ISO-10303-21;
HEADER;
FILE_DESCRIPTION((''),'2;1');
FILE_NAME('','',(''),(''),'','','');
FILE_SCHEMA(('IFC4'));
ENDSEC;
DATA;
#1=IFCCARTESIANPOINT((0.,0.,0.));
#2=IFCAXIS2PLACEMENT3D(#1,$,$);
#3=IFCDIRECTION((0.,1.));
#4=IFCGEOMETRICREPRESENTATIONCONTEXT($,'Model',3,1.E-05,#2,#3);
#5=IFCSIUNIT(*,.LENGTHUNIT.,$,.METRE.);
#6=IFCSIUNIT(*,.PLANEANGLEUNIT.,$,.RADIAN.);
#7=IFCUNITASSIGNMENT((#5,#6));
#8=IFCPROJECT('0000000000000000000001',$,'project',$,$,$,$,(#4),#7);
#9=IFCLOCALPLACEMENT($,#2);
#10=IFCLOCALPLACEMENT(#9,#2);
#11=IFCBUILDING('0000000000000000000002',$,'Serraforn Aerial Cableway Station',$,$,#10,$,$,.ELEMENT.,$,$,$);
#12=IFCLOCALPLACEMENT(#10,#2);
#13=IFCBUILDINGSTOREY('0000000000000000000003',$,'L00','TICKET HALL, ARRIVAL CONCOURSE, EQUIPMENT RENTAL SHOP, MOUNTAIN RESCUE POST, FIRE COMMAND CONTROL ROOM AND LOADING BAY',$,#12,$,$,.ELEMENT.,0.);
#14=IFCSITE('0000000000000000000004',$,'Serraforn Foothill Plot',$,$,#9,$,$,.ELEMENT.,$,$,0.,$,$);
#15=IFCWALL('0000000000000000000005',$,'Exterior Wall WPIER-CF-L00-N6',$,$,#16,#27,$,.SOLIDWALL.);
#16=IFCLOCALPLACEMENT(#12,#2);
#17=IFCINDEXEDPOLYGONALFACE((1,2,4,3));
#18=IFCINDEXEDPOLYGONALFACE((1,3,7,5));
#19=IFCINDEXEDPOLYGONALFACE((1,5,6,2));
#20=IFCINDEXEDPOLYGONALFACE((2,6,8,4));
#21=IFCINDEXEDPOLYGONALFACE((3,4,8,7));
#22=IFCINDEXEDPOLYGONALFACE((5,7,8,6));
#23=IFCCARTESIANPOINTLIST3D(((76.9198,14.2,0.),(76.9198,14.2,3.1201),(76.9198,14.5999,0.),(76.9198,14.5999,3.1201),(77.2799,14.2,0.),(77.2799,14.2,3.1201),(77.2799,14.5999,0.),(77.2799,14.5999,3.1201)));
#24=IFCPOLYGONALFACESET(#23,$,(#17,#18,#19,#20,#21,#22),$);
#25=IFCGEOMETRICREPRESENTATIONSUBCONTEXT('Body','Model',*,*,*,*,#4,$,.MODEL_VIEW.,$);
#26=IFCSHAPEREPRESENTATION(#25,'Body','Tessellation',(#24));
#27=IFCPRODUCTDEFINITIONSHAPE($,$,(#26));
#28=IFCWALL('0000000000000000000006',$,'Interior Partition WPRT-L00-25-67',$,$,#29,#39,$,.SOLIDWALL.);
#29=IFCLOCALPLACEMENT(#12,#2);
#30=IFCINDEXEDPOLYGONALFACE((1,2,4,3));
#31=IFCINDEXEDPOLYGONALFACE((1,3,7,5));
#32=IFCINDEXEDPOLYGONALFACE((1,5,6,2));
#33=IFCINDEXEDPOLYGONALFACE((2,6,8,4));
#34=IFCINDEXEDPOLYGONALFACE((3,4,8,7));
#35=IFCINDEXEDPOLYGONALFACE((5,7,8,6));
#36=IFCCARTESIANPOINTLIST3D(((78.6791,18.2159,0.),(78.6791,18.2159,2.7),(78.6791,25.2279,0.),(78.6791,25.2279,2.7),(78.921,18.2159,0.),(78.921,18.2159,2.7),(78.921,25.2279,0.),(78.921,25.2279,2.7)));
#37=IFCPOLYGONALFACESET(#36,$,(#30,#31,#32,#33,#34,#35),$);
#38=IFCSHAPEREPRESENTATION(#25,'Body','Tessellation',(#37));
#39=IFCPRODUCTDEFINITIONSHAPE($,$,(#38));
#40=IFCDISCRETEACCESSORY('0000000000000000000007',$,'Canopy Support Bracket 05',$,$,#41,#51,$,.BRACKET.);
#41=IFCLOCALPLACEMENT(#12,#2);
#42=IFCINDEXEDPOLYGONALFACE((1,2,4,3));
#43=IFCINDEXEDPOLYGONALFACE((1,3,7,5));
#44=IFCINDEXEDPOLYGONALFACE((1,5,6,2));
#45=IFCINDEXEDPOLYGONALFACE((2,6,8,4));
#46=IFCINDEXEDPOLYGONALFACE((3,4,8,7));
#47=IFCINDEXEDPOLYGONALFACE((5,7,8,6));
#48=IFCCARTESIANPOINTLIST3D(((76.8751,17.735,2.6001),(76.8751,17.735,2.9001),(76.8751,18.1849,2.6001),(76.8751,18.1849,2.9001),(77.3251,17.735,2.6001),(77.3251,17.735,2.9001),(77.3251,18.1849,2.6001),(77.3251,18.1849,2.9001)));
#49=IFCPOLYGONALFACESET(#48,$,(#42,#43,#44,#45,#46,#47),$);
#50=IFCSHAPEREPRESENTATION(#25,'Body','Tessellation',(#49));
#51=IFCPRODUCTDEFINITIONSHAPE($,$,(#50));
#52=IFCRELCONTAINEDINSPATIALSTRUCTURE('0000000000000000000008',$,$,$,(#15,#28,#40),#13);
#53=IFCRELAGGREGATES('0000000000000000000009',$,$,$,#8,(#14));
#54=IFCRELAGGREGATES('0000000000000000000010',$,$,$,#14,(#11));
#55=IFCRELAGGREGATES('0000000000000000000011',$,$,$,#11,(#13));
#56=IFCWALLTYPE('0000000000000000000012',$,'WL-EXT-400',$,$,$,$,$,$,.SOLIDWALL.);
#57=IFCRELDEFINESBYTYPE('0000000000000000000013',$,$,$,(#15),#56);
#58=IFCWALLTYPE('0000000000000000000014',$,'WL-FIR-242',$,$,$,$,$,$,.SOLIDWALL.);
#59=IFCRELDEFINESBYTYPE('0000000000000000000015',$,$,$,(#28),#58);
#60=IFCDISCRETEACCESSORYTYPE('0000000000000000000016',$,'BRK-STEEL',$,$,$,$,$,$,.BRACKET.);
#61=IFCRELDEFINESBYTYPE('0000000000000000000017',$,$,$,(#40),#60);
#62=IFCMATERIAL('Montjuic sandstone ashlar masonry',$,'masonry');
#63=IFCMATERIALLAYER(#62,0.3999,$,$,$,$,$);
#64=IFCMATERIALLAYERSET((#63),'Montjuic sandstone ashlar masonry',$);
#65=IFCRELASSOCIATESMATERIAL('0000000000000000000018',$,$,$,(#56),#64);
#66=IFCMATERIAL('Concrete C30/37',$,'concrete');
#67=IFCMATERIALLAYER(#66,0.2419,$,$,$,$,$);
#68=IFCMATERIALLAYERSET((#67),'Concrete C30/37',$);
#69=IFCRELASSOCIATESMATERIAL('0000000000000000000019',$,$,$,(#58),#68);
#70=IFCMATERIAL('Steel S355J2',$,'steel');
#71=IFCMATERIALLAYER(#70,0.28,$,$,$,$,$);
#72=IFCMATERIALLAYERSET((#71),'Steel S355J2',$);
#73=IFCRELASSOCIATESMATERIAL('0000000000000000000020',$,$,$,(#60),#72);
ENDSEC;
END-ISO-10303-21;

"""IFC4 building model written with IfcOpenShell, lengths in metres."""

from ifc_helpers import new_model, si_unit, direction, frame, frame_2d, origin, origin_2d, place, context, subcontext, project, spatial, rectangle, extrude, material, layer, layer_set, type_object, element, save


model = new_model("IFC4")

# Units and contexts
model_context = context("Model", 3, precision=1e-05, world=origin(), true_north=direction((0.0, 1.0)))
body_context = subcontext(model_context, "Body", "Model", "MODEL_VIEW")
ifc_project = project(units=[si_unit("LENGTHUNIT", "METRE"), si_unit("PLANEANGLEUNIT", "RADIAN")], contexts=[model_context])

# Site, building, storey
site_placement = place(None, origin())
site = spatial("IfcSite", under=ifc_project, at=site_placement, Name="Serraforn Foothill Plot", CompositionType="ELEMENT", RefElevation=0.0)
building_placement = place(site_placement, origin())
building = spatial("IfcBuilding", under=site, at=building_placement, Name="Serraforn Aerial Cableway Station", CompositionType="ELEMENT")
storey_placement = place(building_placement, origin())
storey = spatial("IfcBuildingStorey", under=building, at=storey_placement, Name="L00", Description="TICKET HALL, ARRIVAL CONCOURSE, EQUIPMENT RENTAL SHOP, MOUNTAIN RESCUE POST, FIRE COMMAND CONTROL ROOM AND LOADING BAY", CompositionType="ELEMENT", Elevation=0.0)

# Walls
ifc_material_1 = material(Name="Montjuic sandstone ashlar masonry", Category="masonry")
ifc_layer_1 = layer(ifc_material_1, 0.3999)
ifc_layer_set_1 = layer_set([ifc_layer_1], Name="Montjuic sandstone ashlar masonry")
wall_type_1 = type_object("IfcWallType", Name="WL-EXT-400", PredefinedType="SOLIDWALL", material=ifc_layer_set_1)
wall_1_placement = place(storey_placement, frame((77.28, 14.3999, 0.0), z_axis=(0.0, 0.0, 1.0), x_axis=(-1.0, 0.0, 0.0)))
element("IfcWall", 1, at=wall_1_placement, inside=storey, type_object=wall_type_1, Name="Exterior Wall WPIER-CF-L00-N6", PredefinedType="SOLIDWALL", context=body_context, shape_type="SweptSolid", body=[
    extrude(rectangle(XDim=0.3601, YDim=0.3999, at=frame_2d((0.1802, 0.0))), origin(), (0.0, 0.0, 1.0), 3.1201),
])
ifc_material_2 = material(Name="Concrete C30/37", Category="concrete")
ifc_layer_2 = layer(ifc_material_2, 0.2419)
ifc_layer_set_2 = layer_set([ifc_layer_2], Name="Concrete C30/37")
wall_type_2 = type_object("IfcWallType", Name="WL-FIR-242", PredefinedType="SOLIDWALL", material=ifc_layer_set_2)
wall_2_placement = place(storey_placement, frame((78.8, 18.2161, 0.0), z_axis=(0.0, 0.0, 1.0), x_axis=(0.0, 1.0, 0.0)))
element("IfcWall", 2, at=wall_2_placement, inside=storey, type_object=wall_type_2, Name="Interior Partition WPRT-L00-25-67", PredefinedType="SOLIDWALL", context=body_context, shape_type="SweptSolid", body=[
    extrude(rectangle(XDim=7.012, YDim=0.2419, at=frame_2d((3.5059, 0.0))), origin(), (0.0, 0.0, 1.0), 2.7),
])

# Discrete accessory
ifc_material_3 = material(Name="Steel S355J2", Category="steel")
ifc_layer_3 = layer(ifc_material_3, 0.28)
ifc_layer_set_3 = layer_set([ifc_layer_3], Name="Steel S355J2")
discrete_accessory_type = type_object("IfcDiscreteAccessoryType", Name="BRK-STEEL", PredefinedType="BRACKET", material=ifc_layer_set_3)
discrete_accessory_placement = place(storey_placement, frame((77.1001, 17.96, 2.6001), z_axis=(0.0, 0.0, 1.0), x_axis=(1.0, 0.0, 0.0)))
element("IfcDiscreteAccessory", 3, at=discrete_accessory_placement, inside=storey, type_object=discrete_accessory_type, Name="Canopy Support Bracket 05", PredefinedType="BRACKET", context=body_context, shape_type="SweptSolid", body=[
    extrude(rectangle(XDim=0.45, YDim=0.45, at=origin_2d()), origin(), (0.0, 0.0, 1.0), 0.3),
])

save(model, "model.ifc")
